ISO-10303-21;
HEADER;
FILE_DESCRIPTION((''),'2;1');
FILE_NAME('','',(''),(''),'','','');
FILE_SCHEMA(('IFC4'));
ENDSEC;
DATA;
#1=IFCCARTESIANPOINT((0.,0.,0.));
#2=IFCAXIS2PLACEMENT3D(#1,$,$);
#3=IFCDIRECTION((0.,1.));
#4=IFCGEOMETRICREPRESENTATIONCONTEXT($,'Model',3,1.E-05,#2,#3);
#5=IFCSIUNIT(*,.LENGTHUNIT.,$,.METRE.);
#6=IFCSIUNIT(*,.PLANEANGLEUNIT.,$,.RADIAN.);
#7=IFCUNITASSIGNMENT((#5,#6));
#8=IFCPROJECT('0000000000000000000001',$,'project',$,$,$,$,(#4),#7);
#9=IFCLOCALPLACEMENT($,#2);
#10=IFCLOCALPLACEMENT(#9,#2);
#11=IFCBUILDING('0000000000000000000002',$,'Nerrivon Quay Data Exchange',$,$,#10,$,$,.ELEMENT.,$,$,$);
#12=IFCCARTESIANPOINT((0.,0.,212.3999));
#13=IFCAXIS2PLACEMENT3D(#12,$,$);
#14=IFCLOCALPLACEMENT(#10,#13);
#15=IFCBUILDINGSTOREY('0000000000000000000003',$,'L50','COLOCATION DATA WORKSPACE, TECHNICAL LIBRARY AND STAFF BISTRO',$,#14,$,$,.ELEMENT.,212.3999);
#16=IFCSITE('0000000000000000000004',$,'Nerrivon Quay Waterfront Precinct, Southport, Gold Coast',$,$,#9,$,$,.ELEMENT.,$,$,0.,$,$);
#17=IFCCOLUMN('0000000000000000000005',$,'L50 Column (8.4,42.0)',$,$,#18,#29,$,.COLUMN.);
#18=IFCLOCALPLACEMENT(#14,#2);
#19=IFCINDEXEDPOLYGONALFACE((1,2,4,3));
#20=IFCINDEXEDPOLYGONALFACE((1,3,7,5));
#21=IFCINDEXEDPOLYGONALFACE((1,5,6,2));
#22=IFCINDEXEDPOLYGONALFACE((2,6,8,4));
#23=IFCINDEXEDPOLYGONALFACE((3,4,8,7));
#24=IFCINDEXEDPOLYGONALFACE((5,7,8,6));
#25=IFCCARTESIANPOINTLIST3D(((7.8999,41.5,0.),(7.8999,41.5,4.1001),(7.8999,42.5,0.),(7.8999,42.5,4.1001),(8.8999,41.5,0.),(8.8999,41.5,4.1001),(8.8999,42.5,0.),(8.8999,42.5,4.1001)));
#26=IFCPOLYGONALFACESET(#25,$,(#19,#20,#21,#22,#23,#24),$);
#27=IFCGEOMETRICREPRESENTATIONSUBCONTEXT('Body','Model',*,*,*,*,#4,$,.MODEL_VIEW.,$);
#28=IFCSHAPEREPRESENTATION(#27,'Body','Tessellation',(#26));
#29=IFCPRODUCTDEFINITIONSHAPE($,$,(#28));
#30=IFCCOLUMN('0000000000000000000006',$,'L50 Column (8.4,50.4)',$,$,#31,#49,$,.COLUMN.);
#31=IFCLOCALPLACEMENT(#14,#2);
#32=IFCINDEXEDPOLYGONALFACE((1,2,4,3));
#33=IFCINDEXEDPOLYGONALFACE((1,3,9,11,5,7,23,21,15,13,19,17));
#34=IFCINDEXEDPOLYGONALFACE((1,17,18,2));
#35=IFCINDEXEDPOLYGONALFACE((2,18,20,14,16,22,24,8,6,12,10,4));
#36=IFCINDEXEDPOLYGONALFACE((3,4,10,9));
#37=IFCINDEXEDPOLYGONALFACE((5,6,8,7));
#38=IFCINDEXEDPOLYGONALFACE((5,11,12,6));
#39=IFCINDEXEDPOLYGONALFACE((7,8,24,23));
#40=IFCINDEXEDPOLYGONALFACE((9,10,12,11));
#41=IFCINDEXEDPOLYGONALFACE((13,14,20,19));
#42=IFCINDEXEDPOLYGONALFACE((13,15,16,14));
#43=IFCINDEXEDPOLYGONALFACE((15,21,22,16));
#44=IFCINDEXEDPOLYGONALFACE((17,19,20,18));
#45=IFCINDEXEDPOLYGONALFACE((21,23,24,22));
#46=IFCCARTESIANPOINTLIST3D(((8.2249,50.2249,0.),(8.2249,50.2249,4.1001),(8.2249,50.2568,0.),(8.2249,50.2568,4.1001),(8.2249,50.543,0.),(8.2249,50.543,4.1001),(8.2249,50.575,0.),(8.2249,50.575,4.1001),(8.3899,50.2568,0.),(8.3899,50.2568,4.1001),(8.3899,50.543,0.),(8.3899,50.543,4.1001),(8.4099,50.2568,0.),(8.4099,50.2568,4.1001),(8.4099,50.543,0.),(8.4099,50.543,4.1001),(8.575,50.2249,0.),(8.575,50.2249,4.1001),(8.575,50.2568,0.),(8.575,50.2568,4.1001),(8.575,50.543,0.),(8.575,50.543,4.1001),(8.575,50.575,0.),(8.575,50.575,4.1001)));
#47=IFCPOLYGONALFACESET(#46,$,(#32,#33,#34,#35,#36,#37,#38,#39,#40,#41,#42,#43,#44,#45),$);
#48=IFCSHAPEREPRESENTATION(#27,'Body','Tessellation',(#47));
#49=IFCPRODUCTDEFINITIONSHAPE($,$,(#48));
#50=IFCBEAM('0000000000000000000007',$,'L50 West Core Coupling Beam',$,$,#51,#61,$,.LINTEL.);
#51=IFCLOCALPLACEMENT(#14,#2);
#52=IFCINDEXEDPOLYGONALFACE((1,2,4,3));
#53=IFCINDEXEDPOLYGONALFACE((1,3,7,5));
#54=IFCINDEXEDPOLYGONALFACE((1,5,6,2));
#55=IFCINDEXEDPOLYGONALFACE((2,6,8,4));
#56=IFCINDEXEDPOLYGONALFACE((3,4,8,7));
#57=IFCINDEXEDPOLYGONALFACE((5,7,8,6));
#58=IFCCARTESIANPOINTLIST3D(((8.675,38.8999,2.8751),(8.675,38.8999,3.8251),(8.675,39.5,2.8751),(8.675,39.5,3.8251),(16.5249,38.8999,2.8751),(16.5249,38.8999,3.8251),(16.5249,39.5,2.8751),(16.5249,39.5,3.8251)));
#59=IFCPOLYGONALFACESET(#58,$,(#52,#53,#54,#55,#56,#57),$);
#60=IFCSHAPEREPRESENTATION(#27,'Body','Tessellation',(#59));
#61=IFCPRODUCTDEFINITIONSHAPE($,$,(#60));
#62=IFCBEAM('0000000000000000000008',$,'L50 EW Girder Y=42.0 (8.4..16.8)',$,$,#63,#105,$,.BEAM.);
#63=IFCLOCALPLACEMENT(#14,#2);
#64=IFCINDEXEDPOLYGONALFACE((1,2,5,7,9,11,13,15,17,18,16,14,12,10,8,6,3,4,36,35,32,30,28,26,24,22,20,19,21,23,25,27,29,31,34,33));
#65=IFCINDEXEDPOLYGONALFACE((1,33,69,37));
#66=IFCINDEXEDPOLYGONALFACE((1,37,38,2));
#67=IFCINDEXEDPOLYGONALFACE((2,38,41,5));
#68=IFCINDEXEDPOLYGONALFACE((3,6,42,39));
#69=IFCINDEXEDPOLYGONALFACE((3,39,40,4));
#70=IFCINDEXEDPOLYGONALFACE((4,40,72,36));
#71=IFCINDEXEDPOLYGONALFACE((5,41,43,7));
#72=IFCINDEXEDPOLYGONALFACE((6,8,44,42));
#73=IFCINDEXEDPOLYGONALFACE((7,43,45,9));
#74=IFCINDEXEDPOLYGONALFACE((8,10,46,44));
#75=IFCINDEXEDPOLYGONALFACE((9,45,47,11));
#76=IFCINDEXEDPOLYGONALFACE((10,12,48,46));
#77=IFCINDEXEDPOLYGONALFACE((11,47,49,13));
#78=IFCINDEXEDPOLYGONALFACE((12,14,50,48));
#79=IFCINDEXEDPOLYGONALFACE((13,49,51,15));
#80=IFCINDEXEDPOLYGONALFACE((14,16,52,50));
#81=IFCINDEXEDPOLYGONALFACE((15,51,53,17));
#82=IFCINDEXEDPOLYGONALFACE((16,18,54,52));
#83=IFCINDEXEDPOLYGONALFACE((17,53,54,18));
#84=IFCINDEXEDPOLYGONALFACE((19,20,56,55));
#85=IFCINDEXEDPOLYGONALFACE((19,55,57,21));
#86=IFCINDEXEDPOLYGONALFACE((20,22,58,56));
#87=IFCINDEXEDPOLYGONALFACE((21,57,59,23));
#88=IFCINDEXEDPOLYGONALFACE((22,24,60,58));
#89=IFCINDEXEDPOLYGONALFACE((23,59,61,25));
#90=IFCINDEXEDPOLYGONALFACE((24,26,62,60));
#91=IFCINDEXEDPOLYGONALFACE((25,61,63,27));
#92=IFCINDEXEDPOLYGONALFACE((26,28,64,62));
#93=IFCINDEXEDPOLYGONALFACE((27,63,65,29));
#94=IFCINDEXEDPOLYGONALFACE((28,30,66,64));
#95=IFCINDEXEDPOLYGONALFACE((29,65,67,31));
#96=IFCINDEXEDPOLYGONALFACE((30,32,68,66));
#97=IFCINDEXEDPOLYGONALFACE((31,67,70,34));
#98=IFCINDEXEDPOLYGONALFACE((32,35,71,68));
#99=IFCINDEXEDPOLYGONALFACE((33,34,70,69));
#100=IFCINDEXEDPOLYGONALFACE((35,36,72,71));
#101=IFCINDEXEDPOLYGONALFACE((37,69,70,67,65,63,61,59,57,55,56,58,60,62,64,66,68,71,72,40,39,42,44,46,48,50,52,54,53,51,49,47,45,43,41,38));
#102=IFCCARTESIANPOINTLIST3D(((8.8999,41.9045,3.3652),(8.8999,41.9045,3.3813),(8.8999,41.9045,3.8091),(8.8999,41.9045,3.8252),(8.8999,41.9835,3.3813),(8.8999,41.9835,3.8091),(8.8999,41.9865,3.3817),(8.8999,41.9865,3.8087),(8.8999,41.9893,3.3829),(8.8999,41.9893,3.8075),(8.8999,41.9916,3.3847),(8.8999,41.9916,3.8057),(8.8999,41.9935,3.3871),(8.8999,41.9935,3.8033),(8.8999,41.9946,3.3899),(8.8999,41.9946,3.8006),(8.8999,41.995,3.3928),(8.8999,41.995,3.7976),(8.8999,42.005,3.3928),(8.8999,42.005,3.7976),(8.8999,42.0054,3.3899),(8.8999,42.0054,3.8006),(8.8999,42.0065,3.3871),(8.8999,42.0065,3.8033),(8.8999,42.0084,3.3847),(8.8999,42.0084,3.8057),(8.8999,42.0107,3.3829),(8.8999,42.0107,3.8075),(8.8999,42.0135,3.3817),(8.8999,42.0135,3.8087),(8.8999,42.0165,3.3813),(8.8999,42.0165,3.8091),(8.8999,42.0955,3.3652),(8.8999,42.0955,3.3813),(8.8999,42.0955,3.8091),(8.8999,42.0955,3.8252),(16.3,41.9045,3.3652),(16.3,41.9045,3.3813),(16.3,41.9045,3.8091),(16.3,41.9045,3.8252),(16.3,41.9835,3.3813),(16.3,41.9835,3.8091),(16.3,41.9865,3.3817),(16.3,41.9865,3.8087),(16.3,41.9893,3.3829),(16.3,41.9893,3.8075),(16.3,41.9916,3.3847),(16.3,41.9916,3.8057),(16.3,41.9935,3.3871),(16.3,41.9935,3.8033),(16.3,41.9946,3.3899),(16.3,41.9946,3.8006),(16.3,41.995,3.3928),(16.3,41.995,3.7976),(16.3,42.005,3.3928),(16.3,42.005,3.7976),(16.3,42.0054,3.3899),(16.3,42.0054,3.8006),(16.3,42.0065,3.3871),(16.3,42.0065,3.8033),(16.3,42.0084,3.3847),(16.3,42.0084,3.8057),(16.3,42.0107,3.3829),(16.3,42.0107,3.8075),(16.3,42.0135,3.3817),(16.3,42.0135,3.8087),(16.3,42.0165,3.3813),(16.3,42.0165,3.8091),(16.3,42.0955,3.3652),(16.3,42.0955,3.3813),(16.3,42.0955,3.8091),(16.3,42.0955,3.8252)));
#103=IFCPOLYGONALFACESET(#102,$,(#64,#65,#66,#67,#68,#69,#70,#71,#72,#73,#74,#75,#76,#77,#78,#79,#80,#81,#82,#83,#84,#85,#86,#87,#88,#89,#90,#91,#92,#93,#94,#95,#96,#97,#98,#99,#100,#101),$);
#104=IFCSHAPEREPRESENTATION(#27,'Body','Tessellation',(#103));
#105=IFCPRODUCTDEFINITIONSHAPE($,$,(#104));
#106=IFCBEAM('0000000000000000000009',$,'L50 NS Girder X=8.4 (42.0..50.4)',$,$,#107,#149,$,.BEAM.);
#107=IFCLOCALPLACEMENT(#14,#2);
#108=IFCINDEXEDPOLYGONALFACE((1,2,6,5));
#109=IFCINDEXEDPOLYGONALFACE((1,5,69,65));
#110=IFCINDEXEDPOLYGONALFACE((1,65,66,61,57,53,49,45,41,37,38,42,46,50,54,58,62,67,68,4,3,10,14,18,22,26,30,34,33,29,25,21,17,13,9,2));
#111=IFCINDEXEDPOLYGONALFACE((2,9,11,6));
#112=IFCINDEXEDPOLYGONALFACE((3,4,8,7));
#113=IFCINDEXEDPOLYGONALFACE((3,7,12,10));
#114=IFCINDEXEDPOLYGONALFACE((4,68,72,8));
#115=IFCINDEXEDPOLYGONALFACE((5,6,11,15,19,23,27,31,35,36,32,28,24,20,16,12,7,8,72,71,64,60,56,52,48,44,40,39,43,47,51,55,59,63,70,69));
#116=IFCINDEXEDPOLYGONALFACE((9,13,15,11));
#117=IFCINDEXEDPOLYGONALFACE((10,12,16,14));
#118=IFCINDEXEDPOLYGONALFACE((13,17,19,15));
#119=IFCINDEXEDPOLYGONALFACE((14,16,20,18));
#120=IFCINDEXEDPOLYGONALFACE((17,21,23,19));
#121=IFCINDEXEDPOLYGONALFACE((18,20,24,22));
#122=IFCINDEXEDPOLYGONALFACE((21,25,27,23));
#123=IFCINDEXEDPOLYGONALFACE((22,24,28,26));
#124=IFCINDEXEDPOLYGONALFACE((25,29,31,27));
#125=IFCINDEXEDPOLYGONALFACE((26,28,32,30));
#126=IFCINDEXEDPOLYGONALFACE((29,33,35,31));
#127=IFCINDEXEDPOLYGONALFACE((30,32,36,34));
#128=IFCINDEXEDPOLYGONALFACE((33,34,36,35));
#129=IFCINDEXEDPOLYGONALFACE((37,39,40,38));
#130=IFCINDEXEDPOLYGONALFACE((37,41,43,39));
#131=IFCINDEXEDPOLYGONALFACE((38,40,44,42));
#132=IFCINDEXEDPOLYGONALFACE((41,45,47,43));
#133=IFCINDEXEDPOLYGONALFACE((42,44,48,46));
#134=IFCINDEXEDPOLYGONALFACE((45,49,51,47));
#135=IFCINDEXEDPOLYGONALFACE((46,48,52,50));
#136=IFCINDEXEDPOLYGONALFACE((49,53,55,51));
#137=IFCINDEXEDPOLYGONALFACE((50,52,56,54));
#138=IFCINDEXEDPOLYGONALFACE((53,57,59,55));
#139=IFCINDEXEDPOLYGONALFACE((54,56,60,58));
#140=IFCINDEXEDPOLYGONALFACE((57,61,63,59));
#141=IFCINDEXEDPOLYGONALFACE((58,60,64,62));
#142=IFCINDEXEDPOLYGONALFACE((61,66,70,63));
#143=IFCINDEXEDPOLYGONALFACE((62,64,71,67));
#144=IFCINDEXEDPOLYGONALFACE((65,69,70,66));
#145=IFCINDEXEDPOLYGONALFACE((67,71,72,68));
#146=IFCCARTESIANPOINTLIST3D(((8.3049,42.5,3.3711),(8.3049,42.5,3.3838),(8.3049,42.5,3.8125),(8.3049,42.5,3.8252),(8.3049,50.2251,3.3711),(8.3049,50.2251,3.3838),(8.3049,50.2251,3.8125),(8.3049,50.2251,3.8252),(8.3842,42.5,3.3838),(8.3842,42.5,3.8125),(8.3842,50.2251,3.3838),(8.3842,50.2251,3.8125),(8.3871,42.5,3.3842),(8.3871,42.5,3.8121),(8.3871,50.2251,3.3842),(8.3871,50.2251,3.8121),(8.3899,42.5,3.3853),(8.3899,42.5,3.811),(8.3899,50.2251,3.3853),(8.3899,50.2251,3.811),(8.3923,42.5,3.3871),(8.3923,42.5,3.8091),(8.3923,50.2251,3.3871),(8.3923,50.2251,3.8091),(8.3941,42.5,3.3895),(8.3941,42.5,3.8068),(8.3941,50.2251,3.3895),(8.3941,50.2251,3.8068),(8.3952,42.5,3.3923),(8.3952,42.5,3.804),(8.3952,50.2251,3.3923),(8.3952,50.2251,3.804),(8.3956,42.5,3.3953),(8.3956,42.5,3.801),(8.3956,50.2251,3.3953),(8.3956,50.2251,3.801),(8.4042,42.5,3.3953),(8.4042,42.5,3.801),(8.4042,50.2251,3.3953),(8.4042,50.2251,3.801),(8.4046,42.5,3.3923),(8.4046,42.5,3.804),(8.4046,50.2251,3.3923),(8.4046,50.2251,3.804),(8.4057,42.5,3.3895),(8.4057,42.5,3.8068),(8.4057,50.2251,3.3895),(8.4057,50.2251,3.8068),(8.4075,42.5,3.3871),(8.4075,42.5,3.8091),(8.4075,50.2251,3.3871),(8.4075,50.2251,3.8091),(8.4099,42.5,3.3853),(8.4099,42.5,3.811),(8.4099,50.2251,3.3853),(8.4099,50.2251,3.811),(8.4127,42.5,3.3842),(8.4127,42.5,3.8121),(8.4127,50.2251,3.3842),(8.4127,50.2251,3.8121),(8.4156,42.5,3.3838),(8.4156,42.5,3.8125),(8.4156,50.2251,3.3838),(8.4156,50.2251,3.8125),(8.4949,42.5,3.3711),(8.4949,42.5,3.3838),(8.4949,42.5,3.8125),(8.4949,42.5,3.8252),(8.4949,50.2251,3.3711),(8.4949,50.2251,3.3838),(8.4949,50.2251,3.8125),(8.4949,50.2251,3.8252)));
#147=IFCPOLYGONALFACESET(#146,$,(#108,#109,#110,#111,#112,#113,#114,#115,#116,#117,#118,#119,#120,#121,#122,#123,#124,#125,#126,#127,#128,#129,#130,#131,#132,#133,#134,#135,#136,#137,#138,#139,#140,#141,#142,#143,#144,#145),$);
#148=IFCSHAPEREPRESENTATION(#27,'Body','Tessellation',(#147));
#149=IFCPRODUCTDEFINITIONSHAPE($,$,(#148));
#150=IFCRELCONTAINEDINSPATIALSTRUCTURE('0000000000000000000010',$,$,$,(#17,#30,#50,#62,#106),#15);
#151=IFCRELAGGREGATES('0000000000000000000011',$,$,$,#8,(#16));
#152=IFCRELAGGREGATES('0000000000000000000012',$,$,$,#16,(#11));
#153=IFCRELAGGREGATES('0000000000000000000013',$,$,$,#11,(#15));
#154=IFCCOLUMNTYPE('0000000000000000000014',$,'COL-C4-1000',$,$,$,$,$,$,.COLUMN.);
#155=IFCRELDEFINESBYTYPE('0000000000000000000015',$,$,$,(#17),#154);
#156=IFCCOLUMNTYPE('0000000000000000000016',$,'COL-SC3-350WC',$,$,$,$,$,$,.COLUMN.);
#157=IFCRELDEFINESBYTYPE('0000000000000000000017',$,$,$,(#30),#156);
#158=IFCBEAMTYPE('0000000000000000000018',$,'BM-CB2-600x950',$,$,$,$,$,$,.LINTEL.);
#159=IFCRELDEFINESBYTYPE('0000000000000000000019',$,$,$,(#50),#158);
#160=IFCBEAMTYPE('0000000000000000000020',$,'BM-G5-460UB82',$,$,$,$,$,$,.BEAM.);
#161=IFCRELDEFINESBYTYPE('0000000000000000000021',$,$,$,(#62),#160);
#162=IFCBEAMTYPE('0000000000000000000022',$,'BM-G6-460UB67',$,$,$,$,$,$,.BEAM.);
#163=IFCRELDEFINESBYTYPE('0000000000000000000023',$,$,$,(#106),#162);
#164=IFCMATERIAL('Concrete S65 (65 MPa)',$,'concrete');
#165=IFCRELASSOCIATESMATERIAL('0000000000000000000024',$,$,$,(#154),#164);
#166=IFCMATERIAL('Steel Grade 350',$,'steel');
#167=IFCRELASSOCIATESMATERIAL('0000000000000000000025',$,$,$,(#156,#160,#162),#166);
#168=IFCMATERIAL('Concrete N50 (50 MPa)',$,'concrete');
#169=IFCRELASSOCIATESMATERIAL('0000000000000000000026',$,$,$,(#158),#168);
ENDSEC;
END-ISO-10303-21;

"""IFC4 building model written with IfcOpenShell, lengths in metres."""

from ifc_helpers import new_model, si_unit, direction, frame, origin, origin_2d, place, context, subcontext, project, spatial, rectangle, i_section, extrude, material, material_profile, profile_set, type_object, element, save


model = new_model("IFC4")

# Units and contexts
model_context = context("Model", 3, precision=1e-05, world=origin(), true_north=direction((0.0, 1.0)))
body_context = subcontext(model_context, "Body", "Model", "MODEL_VIEW")
ifc_project = project(units=[si_unit("LENGTHUNIT", "METRE"), si_unit("PLANEANGLEUNIT", "RADIAN")], contexts=[model_context])

# Site, building, storey
site_placement = place(None, origin())
site = spatial("IfcSite", under=ifc_project, at=site_placement, Name="Nerrivon Quay Waterfront Precinct, Southport, Gold Coast", CompositionType="ELEMENT", RefElevation=0.0)
building_placement = place(site_placement, origin())
building = spatial("IfcBuilding", under=site, at=building_placement, Name="Nerrivon Quay Data Exchange", CompositionType="ELEMENT")
storey_placement = place(building_placement, frame((0.0, 0.0, 212.3999)))
storey = spatial("IfcBuildingStorey", under=building, at=storey_placement, Name="L50", Description="COLOCATION DATA WORKSPACE, TECHNICAL LIBRARY AND STAFF BISTRO", CompositionType="ELEMENT", Elevation=212.3999)

# Columns
ifc_material_1 = material(Name="Concrete S65 (65 MPa)", Category="concrete")
ifc_material_profile_1 = material_profile(ifc_material_1, rectangle(XDim=1.0, YDim=1.0, at=origin_2d()), Name="RC-COL-1000x1000")
ifc_profile_set_1 = profile_set([ifc_material_profile_1], Name="Concrete S65 (65 MPa)")
column_type_1 = type_object("IfcColumnType", Name="COL-C4-1000", PredefinedType="COLUMN", material=ifc_profile_set_1)
column_1_placement = place(storey_placement, frame((8.3999, 42.0, 0.0), z_axis=(0.0, 0.0, 1.0), x_axis=(1.0, 0.0, 0.0)))
element("IfcColumn", 1, at=column_1_placement, inside=storey, type_object=column_type_1, Name="L50 Column (8.4,42.0)", PredefinedType="COLUMN", context=body_context, shape_type="SweptSolid", body=[
    extrude(rectangle(XDim=1.0, YDim=1.0, at=origin_2d()), origin(), (0.0, 0.0, 1.0), 4.1001),
])
ifc_material_2 = material(Name="Steel Grade 350", Category="steel")
ifc_material_profile_2 = material_profile(ifc_material_2, i_section(OverallWidth=0.3501, OverallDepth=0.3501, WebThickness=0.02, FlangeThickness=0.032, at=origin_2d()), Name="350WC230")
ifc_profile_set_2 = profile_set([ifc_material_profile_2], Name="Steel Grade 350")
column_type_2 = type_object("IfcColumnType", Name="COL-SC3-350WC", PredefinedType="COLUMN", material=ifc_profile_set_2)
column_2_placement = place(storey_placement, frame((8.3999, 50.3999, 0.0), z_axis=(0.0, 0.0, 1.0), x_axis=(1.0, 0.0, 0.0)))
element("IfcColumn", 2, at=column_2_placement, inside=storey, type_object=column_type_2, Name="L50 Column (8.4,50.4)", PredefinedType="COLUMN", context=body_context, shape_type="SweptSolid", body=[
    extrude(i_section(OverallWidth=0.3501, OverallDepth=0.3501, WebThickness=0.02, FlangeThickness=0.032, at=origin_2d()), origin(), (0.0, 0.0, 1.0), 4.1001),
])

# Beams
ifc_material_3 = material(Name="Concrete N50 (50 MPa)", Category="concrete")
ifc_material_profile_3 = material_profile(ifc_material_3, rectangle(XDim=0.6001, YDim=0.95, at=origin_2d()), Name="RC-CB-600x950")
ifc_profile_set_3 = profile_set([ifc_material_profile_3], Name="Concrete N50 (50 MPa)")
beam_type_1 = type_object("IfcBeamType", Name="BM-CB2-600x950", PredefinedType="LINTEL", material=ifc_profile_set_3)
beam_1_placement = place(storey_placement, frame((8.675, 39.2, 3.3501), z_axis=(1.0, 0.0, 0.0), x_axis=(0.0, 1.0, 0.0)))
element("IfcBeam", 3, at=beam_1_placement, inside=storey, type_object=beam_type_1, Name="L50 West Core Coupling Beam", PredefinedType="LINTEL", context=body_context, shape_type="SweptSolid", body=[
    extrude(rectangle(XDim=0.6001, YDim=0.95, at=origin_2d()), origin(), (0.0, 0.0, 1.0), 7.8499),
])
ifc_material_profile_4 = material_profile(ifc_material_2, i_section(OverallWidth=0.1909, OverallDepth=0.46, WebThickness=0.01, FlangeThickness=0.0161, FilletRadius=0.0115, at=origin_2d()), Name="460UB82.1")
ifc_profile_set_4 = profile_set([ifc_material_profile_4], Name="Steel Grade 350")
beam_type_2 = type_object("IfcBeamType", Name="BM-G5-460UB82", PredefinedType="BEAM", material=ifc_profile_set_4)
beam_2_placement = place(storey_placement, frame((8.8999, 42.0, 3.5952), z_axis=(1.0, 0.0, 0.0), x_axis=(0.0, 1.0, 0.0)))
element("IfcBeam", 4, at=beam_2_placement, inside=storey, type_object=beam_type_2, Name="L50 EW Girder Y=42.0 (8.4..16.8)", PredefinedType="BEAM", context=body_context, shape_type="SweptSolid", body=[
    extrude(i_section(OverallWidth=0.1909, OverallDepth=0.46, WebThickness=0.01, FlangeThickness=0.0161, FilletRadius=0.0115, at=origin_2d()), origin(), (0.0, 0.0, 1.0), 7.4001),
])
ifc_material_profile_5 = material_profile(ifc_material_2, i_section(OverallWidth=0.1899, OverallDepth=0.4541, WebThickness=0.0085, FlangeThickness=0.0127, FilletRadius=0.0115, at=origin_2d()), Name="460UB67.1")
ifc_profile_set_5 = profile_set([ifc_material_profile_5], Name="Steel Grade 350")
beam_type_3 = type_object("IfcBeamType", Name="BM-G6-460UB67", PredefinedType="BEAM", material=ifc_profile_set_5)
beam_3_placement = place(storey_placement, frame((8.3999, 42.5, 3.5981), z_axis=(0.0, 1.0, 0.0), x_axis=(-1.0, 0.0, 0.0)))
element("IfcBeam", 5, at=beam_3_placement, inside=storey, type_object=beam_type_3, Name="L50 NS Girder X=8.4 (42.0..50.4)", PredefinedType="BEAM", context=body_context, shape_type="SweptSolid", body=[
    extrude(i_section(OverallWidth=0.1899, OverallDepth=0.4541, WebThickness=0.0085, FlangeThickness=0.0127, FilletRadius=0.0115, at=origin_2d()), origin(), (0.0, 0.0, 1.0), 7.7251),
])

save(model, "model.ifc")
